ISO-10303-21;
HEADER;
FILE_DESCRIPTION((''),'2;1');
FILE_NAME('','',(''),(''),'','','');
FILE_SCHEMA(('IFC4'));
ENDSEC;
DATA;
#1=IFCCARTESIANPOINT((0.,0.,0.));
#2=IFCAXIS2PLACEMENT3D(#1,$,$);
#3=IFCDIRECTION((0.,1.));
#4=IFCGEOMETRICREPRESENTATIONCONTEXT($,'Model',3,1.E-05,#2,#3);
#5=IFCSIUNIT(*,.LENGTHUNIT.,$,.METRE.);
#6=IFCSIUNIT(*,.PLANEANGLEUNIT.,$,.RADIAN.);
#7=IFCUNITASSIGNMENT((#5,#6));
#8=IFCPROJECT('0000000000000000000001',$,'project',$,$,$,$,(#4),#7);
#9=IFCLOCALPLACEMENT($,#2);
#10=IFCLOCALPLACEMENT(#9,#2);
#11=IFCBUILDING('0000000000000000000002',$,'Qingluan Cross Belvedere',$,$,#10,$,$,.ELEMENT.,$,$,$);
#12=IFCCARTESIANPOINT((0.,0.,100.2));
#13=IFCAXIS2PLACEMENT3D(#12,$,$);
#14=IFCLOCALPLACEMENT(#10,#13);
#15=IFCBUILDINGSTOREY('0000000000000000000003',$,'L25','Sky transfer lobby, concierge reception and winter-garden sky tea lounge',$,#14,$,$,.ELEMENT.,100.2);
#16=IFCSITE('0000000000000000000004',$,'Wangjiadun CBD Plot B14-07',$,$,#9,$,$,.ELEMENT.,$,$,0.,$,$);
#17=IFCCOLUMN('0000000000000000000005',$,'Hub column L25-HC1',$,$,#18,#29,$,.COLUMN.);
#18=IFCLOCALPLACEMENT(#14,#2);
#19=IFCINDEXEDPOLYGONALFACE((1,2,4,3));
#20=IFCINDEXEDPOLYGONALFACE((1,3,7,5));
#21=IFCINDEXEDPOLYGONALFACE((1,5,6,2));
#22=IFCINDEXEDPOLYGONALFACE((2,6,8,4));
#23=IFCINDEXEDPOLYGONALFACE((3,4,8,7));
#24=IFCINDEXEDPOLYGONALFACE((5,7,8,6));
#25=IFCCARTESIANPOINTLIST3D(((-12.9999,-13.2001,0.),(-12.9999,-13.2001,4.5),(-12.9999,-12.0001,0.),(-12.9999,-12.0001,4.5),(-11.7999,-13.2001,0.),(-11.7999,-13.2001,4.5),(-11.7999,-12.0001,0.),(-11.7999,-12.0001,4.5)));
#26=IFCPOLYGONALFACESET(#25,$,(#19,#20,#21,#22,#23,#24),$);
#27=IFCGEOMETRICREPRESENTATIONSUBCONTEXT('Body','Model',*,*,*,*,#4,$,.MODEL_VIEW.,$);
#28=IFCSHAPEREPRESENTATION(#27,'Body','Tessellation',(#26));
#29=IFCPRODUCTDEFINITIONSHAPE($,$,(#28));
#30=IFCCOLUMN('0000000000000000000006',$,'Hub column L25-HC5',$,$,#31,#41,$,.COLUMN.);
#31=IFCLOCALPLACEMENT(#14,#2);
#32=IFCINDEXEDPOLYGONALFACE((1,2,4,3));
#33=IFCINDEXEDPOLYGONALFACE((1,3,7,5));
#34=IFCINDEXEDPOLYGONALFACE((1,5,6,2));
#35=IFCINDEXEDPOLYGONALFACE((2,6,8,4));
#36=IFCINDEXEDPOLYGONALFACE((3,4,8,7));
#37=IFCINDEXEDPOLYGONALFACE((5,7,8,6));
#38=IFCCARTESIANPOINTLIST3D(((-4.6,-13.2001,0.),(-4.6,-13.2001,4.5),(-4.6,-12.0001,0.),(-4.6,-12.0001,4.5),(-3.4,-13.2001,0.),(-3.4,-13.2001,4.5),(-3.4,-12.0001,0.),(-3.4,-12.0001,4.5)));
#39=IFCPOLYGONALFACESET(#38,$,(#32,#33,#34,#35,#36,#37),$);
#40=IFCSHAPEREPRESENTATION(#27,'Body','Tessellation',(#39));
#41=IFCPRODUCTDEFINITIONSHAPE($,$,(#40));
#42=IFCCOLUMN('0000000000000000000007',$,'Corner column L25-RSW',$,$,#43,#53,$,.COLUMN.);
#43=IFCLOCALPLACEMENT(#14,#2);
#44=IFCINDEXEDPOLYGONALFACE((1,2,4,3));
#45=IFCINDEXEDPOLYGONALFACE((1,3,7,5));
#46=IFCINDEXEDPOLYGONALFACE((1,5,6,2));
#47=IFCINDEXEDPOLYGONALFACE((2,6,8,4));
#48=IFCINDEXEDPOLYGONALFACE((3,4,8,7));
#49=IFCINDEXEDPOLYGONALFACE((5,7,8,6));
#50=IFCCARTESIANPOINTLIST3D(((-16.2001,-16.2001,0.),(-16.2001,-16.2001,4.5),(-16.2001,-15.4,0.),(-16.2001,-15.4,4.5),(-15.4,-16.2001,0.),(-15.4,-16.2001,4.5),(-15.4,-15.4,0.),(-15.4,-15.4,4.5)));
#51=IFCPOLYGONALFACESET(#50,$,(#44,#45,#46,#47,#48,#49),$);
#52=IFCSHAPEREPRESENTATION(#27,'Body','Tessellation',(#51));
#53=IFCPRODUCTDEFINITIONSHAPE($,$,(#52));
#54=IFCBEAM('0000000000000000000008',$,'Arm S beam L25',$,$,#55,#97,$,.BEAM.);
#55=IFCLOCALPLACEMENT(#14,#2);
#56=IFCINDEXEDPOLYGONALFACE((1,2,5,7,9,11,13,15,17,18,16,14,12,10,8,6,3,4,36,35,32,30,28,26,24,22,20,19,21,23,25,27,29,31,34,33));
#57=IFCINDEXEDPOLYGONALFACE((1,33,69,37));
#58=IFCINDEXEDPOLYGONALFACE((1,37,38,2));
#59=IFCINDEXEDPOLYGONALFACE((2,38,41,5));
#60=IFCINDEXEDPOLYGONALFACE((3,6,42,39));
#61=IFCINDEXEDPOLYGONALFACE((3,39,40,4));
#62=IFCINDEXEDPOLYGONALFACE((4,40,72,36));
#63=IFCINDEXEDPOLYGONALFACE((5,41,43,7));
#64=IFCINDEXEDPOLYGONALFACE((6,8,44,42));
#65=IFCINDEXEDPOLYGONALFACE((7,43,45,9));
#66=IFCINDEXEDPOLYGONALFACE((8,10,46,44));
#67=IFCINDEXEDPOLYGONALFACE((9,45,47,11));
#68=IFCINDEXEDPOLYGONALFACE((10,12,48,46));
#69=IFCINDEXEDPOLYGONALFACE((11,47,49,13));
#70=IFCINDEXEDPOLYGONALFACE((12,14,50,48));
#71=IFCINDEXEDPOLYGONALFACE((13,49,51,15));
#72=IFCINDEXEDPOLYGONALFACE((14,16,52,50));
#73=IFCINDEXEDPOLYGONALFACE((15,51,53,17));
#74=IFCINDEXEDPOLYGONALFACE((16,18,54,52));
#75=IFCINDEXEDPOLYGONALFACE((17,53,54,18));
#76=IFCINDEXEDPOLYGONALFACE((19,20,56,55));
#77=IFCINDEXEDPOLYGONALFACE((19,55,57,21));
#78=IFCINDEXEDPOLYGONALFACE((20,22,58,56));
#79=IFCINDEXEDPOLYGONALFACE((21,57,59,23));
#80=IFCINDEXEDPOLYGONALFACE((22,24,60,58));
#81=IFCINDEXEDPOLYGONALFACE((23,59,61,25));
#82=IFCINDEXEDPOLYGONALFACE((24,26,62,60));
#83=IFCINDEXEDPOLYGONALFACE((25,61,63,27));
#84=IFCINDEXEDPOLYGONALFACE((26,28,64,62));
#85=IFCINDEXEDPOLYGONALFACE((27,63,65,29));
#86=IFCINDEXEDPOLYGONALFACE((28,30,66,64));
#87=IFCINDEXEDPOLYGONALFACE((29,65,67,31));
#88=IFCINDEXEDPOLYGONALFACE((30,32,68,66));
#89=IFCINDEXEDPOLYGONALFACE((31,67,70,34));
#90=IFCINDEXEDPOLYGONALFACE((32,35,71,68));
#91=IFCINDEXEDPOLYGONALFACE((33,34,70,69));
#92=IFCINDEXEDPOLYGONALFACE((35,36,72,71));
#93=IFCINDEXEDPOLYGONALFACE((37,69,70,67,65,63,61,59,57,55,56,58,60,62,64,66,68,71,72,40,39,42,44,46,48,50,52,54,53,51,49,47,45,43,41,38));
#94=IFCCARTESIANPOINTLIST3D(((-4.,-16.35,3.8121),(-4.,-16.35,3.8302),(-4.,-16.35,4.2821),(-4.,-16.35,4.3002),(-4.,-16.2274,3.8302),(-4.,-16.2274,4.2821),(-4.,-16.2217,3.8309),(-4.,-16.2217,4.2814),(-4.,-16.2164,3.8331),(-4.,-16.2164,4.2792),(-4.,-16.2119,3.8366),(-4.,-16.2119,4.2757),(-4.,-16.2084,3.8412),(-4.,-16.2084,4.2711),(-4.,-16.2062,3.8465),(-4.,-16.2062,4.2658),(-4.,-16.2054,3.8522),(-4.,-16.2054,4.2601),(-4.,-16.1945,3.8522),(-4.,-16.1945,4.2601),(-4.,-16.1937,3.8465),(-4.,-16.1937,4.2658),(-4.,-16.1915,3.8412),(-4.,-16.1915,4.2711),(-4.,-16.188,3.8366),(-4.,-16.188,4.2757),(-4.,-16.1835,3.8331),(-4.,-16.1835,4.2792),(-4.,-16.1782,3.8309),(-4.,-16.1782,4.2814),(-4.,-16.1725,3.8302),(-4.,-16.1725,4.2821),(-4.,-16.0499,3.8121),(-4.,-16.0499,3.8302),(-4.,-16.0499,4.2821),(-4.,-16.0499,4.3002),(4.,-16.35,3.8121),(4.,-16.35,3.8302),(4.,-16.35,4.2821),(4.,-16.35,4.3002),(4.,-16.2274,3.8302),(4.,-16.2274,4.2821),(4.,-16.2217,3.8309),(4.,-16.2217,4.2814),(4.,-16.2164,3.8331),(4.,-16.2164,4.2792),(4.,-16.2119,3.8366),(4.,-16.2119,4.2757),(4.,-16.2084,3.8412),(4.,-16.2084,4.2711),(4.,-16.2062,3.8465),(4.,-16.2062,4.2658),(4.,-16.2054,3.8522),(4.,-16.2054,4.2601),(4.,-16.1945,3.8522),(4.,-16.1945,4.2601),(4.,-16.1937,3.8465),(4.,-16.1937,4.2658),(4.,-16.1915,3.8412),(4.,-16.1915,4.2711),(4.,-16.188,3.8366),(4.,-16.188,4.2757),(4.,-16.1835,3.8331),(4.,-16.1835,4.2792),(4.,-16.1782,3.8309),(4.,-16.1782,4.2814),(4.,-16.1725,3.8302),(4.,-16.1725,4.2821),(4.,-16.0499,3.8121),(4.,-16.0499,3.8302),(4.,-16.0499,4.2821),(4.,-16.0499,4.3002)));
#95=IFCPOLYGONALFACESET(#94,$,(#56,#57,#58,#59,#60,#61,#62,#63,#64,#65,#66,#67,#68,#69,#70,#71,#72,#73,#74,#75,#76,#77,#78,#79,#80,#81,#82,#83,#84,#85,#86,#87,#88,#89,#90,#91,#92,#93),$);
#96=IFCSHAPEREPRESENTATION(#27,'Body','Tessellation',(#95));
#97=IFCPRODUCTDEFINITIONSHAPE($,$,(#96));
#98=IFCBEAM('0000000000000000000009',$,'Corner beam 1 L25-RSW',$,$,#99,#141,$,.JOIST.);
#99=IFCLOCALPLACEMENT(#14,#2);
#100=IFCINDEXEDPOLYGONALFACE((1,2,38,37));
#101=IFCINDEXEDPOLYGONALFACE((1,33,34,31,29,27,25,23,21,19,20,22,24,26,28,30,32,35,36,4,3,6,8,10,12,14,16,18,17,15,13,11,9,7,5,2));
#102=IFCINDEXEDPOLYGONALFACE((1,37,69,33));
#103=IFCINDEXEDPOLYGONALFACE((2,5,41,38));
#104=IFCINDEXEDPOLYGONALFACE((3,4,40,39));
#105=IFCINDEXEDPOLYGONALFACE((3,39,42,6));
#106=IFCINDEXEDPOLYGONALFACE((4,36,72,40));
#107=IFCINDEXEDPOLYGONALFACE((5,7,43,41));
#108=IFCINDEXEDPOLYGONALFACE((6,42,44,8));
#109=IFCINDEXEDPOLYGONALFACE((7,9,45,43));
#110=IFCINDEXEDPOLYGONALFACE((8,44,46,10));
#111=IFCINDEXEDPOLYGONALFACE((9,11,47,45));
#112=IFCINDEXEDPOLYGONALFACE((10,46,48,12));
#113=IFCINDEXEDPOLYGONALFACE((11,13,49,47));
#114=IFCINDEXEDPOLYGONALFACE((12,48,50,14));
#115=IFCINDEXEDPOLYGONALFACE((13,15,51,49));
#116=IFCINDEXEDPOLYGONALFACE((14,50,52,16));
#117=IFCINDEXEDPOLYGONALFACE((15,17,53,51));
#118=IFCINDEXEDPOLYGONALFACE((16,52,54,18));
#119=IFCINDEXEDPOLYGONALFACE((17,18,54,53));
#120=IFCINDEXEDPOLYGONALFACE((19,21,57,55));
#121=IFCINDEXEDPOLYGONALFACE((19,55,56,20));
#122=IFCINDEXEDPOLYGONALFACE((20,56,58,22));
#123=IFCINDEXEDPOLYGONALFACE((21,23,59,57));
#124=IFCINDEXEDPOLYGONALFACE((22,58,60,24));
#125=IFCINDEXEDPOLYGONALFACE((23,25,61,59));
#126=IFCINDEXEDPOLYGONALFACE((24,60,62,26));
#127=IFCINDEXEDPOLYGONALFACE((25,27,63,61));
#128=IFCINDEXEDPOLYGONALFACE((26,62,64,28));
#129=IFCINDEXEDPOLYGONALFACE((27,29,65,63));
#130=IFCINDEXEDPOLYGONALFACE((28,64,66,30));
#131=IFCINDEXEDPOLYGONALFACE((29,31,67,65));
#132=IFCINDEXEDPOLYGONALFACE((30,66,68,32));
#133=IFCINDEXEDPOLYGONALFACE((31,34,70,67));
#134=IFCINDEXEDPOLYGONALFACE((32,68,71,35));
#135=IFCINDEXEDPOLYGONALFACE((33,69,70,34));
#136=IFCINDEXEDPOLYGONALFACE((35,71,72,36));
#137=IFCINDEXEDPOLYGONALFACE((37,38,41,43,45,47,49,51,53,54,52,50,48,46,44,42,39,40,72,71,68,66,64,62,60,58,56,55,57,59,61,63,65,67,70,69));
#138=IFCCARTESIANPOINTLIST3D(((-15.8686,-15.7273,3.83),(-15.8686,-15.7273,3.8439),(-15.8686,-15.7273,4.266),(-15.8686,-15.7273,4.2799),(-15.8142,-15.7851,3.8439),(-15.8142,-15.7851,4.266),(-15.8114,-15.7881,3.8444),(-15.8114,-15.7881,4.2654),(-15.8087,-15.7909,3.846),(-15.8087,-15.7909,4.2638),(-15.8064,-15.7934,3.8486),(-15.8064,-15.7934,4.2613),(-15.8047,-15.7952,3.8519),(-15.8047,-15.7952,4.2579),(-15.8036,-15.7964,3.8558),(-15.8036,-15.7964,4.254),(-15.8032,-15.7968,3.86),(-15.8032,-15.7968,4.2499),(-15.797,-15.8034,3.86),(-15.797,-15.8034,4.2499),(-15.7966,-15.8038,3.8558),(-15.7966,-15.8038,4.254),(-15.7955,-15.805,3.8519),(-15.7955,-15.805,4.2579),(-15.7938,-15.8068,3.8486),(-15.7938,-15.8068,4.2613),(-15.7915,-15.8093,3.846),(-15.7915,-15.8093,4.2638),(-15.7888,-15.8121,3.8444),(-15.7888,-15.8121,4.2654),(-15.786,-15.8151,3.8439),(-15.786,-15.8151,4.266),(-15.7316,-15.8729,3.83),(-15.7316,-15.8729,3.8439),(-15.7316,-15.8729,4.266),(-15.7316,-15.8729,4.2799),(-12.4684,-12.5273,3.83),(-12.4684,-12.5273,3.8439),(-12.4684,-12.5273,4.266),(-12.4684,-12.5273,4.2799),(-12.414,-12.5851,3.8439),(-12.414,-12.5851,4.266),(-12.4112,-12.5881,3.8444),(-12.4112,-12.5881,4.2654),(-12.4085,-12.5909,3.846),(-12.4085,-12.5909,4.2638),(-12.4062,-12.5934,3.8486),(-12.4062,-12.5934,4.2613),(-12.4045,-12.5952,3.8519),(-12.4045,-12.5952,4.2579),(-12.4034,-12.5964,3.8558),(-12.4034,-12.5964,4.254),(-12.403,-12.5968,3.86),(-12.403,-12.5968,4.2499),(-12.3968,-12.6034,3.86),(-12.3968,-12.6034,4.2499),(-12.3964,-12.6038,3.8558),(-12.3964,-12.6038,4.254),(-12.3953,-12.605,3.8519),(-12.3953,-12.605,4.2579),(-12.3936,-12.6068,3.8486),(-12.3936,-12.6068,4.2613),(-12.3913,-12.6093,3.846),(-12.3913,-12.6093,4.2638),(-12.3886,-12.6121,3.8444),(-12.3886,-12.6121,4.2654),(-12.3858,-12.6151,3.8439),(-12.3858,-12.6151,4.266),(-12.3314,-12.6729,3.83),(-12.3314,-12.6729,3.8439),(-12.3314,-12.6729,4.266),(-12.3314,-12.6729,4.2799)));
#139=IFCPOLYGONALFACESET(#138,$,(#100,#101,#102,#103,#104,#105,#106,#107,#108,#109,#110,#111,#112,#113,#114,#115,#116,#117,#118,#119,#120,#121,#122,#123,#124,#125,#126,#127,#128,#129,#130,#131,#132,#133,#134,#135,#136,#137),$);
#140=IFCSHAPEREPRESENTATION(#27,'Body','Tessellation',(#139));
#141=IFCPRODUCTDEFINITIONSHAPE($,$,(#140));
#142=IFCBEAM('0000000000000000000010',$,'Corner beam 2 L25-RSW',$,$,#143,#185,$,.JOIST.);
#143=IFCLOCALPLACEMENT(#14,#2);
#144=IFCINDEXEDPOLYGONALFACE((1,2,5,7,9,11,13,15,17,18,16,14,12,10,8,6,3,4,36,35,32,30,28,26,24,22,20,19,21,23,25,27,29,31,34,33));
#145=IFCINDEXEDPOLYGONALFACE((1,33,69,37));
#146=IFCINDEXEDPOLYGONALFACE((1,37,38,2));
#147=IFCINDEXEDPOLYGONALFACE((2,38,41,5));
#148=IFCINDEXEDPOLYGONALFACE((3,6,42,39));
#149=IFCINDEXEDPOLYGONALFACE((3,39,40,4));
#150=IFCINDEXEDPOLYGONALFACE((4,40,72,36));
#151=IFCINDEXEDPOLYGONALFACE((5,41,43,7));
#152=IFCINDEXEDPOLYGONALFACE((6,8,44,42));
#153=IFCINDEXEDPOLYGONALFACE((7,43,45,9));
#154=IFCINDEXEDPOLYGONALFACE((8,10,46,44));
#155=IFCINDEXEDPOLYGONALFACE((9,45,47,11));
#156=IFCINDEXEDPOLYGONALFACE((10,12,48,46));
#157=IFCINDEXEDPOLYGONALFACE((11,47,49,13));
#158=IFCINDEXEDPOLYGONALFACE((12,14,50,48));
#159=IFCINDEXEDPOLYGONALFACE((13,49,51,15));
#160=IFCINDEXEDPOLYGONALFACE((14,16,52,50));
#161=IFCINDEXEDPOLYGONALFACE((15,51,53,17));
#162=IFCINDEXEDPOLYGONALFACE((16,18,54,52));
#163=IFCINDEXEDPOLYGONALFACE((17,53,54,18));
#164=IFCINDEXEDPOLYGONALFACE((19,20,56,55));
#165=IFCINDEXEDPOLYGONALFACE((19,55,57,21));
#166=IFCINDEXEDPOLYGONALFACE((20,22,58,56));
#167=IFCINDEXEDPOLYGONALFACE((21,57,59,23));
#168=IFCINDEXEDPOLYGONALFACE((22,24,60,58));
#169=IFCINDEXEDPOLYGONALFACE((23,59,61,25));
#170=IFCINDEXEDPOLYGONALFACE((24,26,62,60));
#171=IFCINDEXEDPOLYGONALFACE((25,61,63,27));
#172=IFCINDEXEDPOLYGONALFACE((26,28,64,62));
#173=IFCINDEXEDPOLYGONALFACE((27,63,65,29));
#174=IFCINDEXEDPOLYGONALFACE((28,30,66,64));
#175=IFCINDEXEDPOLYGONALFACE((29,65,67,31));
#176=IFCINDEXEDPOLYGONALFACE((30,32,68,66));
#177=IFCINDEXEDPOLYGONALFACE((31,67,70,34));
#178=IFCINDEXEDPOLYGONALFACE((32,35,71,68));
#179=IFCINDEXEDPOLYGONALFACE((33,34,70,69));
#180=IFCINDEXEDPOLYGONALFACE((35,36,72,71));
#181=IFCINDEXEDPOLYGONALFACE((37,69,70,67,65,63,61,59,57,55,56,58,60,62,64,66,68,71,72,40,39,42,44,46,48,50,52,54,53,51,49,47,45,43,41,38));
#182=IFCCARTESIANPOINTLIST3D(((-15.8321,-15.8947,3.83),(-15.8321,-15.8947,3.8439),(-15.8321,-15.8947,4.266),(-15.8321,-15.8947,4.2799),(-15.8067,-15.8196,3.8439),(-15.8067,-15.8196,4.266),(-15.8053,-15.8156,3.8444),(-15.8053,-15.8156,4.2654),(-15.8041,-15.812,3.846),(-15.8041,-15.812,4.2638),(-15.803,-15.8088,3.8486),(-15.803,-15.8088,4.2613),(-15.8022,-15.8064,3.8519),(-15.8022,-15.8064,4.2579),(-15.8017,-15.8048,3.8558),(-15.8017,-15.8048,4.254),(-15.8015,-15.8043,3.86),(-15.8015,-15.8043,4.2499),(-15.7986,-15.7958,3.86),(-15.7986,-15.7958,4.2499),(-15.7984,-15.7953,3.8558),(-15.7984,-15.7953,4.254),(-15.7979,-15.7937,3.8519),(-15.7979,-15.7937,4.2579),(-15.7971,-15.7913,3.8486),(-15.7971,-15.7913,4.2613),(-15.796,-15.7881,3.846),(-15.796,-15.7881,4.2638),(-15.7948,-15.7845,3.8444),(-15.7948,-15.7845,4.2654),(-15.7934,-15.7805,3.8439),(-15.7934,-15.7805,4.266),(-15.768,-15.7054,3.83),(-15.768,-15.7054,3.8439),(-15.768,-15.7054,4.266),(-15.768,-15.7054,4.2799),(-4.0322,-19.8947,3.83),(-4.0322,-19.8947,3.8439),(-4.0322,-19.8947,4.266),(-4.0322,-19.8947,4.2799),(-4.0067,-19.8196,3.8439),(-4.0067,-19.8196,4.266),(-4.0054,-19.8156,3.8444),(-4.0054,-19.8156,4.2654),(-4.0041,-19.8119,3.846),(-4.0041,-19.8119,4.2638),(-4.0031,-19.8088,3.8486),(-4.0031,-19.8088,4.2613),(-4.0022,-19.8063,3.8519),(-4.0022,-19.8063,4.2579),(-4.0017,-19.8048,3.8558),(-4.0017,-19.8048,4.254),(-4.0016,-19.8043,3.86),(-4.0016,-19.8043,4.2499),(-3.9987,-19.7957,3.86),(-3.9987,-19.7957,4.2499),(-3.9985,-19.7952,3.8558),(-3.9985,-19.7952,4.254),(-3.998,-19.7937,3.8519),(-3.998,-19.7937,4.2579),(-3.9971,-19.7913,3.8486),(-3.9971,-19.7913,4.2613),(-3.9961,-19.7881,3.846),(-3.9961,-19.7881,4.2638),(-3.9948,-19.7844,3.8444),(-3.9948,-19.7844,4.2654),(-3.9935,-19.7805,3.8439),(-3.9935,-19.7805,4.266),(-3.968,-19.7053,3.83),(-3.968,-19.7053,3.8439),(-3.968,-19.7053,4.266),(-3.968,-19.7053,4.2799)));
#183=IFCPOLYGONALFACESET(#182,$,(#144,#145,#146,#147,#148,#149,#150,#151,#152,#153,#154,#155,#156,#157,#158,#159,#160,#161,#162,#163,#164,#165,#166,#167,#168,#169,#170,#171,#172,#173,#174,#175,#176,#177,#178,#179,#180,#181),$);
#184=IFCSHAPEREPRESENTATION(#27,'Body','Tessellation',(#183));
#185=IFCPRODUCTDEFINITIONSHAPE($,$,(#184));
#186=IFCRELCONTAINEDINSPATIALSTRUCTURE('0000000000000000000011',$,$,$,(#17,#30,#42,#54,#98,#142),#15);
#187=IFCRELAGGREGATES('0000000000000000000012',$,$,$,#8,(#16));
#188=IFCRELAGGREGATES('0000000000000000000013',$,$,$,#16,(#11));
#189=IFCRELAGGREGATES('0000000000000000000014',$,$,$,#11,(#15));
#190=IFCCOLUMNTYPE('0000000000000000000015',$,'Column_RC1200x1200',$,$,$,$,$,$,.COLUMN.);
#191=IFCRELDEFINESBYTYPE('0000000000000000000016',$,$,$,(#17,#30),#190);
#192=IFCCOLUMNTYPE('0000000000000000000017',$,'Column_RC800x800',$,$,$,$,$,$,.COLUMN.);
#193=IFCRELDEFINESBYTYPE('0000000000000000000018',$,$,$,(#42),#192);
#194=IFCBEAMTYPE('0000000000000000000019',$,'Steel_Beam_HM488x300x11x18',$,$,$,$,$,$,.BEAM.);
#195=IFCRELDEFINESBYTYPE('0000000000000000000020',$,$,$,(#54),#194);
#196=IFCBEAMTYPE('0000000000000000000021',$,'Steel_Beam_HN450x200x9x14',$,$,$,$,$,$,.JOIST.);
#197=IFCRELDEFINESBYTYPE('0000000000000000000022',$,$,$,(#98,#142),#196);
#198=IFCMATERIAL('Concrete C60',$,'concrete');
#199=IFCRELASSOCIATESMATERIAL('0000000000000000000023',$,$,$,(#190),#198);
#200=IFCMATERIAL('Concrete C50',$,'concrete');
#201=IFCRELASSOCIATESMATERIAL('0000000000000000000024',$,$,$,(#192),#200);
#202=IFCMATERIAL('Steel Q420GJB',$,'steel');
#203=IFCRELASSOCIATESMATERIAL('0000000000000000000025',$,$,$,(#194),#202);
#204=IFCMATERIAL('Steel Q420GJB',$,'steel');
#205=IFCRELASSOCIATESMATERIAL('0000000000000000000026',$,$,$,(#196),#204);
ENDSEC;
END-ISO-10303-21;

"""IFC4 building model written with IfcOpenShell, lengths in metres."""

from ifc_helpers import new_model, si_unit, direction, frame, origin, origin_2d, place, context, subcontext, project, spatial, rectangle, i_section, extrude, material, material_profile, profile_set, type_object, element, save


model = new_model("IFC4")

# Units and contexts
model_context = context("Model", 3, precision=1e-05, world=origin(), true_north=direction((0.0, 1.0)))
body_context = subcontext(model_context, "Body", "Model", "MODEL_VIEW")
ifc_project = project(units=[si_unit("LENGTHUNIT", "METRE"), si_unit("PLANEANGLEUNIT", "RADIAN")], contexts=[model_context])

# Site, building, storey
site_placement = place(None, origin())
site = spatial("IfcSite", under=ifc_project, at=site_placement, Name="Wangjiadun CBD Plot B14-07", CompositionType="ELEMENT", RefElevation=0.0)
building_placement = place(site_placement, origin())
building = spatial("IfcBuilding", under=site, at=building_placement, Name="Qingluan Cross Belvedere", CompositionType="ELEMENT")
storey_placement = place(building_placement, frame((0.0, 0.0, 100.2)))
storey = spatial("IfcBuildingStorey", under=building, at=storey_placement, Name="L25", Description="Sky transfer lobby, concierge reception and winter-garden sky tea lounge", CompositionType="ELEMENT", Elevation=100.2)

# Columns
ifc_material_1 = material(Name="Concrete C60", Category="concrete")
ifc_material_profile_1 = material_profile(ifc_material_1, rectangle(XDim=1.2, YDim=1.2, at=origin_2d()), Name="RC1200x1200")
ifc_profile_set_1 = profile_set([ifc_material_profile_1], Name="Concrete C60")
column_type_1 = type_object("IfcColumnType", Name="Column_RC1200x1200", PredefinedType="COLUMN", material=ifc_profile_set_1)
for number, where, z_axis, x_axis, name in (
    (1, (-12.3999, -12.6001, 0.0), (0.0, 0.0, 1.0), (1.0, 0.0, 0.0), "Hub column L25-HC1"),
    (2, (-4.0, -12.6001, 0.0), (0.0, 0.0, 1.0), (1.0, 0.0, 0.0), "Hub column L25-HC5"),
):
    element("IfcColumn", number, at=place(storey_placement, frame(where, z_axis=z_axis, x_axis=x_axis)), inside=storey, type_object=column_type_1, Name=name, PredefinedType="COLUMN", context=body_context, shape_type="SweptSolid", body=[
        extrude(rectangle(XDim=1.2, YDim=1.2, at=origin_2d()), origin(), (0.0, 0.0, 1.0), 4.5),
    ])
ifc_material_2 = material(Name="Concrete C50", Category="concrete")
ifc_material_profile_2 = material_profile(ifc_material_2, rectangle(XDim=0.8, YDim=0.8, at=origin_2d()), Name="RC800x800")
ifc_profile_set_2 = profile_set([ifc_material_profile_2], Name="Concrete C50")
column_type_2 = type_object("IfcColumnType", Name="Column_RC800x800", PredefinedType="COLUMN", material=ifc_profile_set_2)
column_placement = place(storey_placement, frame((-15.8, -15.8, 0.0), z_axis=(0.0, 0.0, 1.0), x_axis=(1.0, 0.0, 0.0)))
element("IfcColumn", 3, at=column_placement, inside=storey, type_object=column_type_2, Name="Corner column L25-RSW", PredefinedType="COLUMN", context=body_context, shape_type="SweptSolid", body=[
    extrude(rectangle(XDim=0.8, YDim=0.8, at=origin_2d()), origin(), (0.0, 0.0, 1.0), 4.5),
])

# Beams
ifc_material_3 = material(Name="Steel Q420GJB", Category="steel")
ifc_material_profile_3 = material_profile(ifc_material_3, i_section(OverallWidth=0.3, OverallDepth=0.488, WebThickness=0.011, FlangeThickness=0.0181, FilletRadius=0.022, at=origin_2d()), Name="HM488x300x11x18")
ifc_profile_set_3 = profile_set([ifc_material_profile_3], Name="Steel Q420GJB")
beam_type_1 = type_object("IfcBeamType", Name="Steel_Beam_HM488x300x11x18", PredefinedType="BEAM", material=ifc_profile_set_3)
beam_1_placement = place(storey_placement, frame((-4.0, -16.2, 4.0562), z_axis=(1.0, 0.0, 0.0), x_axis=(0.0, 1.0, 0.0)))
element("IfcBeam", 4, at=beam_1_placement, inside=storey, type_object=beam_type_1, Name="Arm S beam L25", PredefinedType="BEAM", context=body_context, shape_type="SweptSolid", body=[
    extrude(i_section(OverallWidth=0.3, OverallDepth=0.488, WebThickness=0.011, FlangeThickness=0.0181, FilletRadius=0.022, at=origin_2d()), origin(), (0.0, 0.0, 1.0), 8.0),
])
ifc_material_4 = material(Name="Steel Q420GJB", Category="steel")
ifc_material_profile_4 = material_profile(ifc_material_4, i_section(OverallWidth=0.2, OverallDepth=0.45, WebThickness=0.009, FlangeThickness=0.0139, FilletRadius=0.0161, at=origin_2d()), Name="HN450x200x9x14")
ifc_profile_set_4 = profile_set([ifc_material_profile_4], Name="Steel Q420GJB")
beam_type_2 = type_object("IfcBeamType", Name="Steel_Beam_HN450x200x9x14", PredefinedType="JOIST", material=ifc_profile_set_4)
beam_2_placement = place(storey_placement, frame((-12.3999, -12.6001, 4.0549), z_axis=(-0.72822, -0.685343, 0.0), x_axis=(0.685343, -0.72822, 0.0)))
element("IfcBeam", 5, at=beam_2_placement, inside=storey, type_object=beam_type_2, Name="Corner beam 1 L25-RSW", PredefinedType="JOIST", context=body_context, shape_type="SweptSolid", body=[
    extrude(i_section(OverallWidth=0.2, OverallDepth=0.45, WebThickness=0.009, FlangeThickness=0.0139, FilletRadius=0.0161, at=origin_2d()), origin(), (0.0, 0.0, 1.0), 4.6692),
])
for number, where, z_axis, x_axis, name in (
    (6, (-15.8, -15.8, 4.0549), (0.947066, -0.321038, 0.0), (0.321038, 0.947066, 0.0), "Corner beam 2 L25-RSW"),
):
    element("IfcBeam", number, at=place(storey_placement, frame(where, z_axis=z_axis, x_axis=x_axis)), inside=storey, type_object=beam_type_2, Name=name, PredefinedType="JOIST", context=body_context, shape_type="SweptSolid", body=[
        extrude(i_section(OverallWidth=0.2, OverallDepth=0.45, WebThickness=0.009, FlangeThickness=0.0139, FilletRadius=0.0161, at=origin_2d()), origin(), (0.0, 0.0, 1.0), 12.4595),
    ])

save(model, "model.ifc")
